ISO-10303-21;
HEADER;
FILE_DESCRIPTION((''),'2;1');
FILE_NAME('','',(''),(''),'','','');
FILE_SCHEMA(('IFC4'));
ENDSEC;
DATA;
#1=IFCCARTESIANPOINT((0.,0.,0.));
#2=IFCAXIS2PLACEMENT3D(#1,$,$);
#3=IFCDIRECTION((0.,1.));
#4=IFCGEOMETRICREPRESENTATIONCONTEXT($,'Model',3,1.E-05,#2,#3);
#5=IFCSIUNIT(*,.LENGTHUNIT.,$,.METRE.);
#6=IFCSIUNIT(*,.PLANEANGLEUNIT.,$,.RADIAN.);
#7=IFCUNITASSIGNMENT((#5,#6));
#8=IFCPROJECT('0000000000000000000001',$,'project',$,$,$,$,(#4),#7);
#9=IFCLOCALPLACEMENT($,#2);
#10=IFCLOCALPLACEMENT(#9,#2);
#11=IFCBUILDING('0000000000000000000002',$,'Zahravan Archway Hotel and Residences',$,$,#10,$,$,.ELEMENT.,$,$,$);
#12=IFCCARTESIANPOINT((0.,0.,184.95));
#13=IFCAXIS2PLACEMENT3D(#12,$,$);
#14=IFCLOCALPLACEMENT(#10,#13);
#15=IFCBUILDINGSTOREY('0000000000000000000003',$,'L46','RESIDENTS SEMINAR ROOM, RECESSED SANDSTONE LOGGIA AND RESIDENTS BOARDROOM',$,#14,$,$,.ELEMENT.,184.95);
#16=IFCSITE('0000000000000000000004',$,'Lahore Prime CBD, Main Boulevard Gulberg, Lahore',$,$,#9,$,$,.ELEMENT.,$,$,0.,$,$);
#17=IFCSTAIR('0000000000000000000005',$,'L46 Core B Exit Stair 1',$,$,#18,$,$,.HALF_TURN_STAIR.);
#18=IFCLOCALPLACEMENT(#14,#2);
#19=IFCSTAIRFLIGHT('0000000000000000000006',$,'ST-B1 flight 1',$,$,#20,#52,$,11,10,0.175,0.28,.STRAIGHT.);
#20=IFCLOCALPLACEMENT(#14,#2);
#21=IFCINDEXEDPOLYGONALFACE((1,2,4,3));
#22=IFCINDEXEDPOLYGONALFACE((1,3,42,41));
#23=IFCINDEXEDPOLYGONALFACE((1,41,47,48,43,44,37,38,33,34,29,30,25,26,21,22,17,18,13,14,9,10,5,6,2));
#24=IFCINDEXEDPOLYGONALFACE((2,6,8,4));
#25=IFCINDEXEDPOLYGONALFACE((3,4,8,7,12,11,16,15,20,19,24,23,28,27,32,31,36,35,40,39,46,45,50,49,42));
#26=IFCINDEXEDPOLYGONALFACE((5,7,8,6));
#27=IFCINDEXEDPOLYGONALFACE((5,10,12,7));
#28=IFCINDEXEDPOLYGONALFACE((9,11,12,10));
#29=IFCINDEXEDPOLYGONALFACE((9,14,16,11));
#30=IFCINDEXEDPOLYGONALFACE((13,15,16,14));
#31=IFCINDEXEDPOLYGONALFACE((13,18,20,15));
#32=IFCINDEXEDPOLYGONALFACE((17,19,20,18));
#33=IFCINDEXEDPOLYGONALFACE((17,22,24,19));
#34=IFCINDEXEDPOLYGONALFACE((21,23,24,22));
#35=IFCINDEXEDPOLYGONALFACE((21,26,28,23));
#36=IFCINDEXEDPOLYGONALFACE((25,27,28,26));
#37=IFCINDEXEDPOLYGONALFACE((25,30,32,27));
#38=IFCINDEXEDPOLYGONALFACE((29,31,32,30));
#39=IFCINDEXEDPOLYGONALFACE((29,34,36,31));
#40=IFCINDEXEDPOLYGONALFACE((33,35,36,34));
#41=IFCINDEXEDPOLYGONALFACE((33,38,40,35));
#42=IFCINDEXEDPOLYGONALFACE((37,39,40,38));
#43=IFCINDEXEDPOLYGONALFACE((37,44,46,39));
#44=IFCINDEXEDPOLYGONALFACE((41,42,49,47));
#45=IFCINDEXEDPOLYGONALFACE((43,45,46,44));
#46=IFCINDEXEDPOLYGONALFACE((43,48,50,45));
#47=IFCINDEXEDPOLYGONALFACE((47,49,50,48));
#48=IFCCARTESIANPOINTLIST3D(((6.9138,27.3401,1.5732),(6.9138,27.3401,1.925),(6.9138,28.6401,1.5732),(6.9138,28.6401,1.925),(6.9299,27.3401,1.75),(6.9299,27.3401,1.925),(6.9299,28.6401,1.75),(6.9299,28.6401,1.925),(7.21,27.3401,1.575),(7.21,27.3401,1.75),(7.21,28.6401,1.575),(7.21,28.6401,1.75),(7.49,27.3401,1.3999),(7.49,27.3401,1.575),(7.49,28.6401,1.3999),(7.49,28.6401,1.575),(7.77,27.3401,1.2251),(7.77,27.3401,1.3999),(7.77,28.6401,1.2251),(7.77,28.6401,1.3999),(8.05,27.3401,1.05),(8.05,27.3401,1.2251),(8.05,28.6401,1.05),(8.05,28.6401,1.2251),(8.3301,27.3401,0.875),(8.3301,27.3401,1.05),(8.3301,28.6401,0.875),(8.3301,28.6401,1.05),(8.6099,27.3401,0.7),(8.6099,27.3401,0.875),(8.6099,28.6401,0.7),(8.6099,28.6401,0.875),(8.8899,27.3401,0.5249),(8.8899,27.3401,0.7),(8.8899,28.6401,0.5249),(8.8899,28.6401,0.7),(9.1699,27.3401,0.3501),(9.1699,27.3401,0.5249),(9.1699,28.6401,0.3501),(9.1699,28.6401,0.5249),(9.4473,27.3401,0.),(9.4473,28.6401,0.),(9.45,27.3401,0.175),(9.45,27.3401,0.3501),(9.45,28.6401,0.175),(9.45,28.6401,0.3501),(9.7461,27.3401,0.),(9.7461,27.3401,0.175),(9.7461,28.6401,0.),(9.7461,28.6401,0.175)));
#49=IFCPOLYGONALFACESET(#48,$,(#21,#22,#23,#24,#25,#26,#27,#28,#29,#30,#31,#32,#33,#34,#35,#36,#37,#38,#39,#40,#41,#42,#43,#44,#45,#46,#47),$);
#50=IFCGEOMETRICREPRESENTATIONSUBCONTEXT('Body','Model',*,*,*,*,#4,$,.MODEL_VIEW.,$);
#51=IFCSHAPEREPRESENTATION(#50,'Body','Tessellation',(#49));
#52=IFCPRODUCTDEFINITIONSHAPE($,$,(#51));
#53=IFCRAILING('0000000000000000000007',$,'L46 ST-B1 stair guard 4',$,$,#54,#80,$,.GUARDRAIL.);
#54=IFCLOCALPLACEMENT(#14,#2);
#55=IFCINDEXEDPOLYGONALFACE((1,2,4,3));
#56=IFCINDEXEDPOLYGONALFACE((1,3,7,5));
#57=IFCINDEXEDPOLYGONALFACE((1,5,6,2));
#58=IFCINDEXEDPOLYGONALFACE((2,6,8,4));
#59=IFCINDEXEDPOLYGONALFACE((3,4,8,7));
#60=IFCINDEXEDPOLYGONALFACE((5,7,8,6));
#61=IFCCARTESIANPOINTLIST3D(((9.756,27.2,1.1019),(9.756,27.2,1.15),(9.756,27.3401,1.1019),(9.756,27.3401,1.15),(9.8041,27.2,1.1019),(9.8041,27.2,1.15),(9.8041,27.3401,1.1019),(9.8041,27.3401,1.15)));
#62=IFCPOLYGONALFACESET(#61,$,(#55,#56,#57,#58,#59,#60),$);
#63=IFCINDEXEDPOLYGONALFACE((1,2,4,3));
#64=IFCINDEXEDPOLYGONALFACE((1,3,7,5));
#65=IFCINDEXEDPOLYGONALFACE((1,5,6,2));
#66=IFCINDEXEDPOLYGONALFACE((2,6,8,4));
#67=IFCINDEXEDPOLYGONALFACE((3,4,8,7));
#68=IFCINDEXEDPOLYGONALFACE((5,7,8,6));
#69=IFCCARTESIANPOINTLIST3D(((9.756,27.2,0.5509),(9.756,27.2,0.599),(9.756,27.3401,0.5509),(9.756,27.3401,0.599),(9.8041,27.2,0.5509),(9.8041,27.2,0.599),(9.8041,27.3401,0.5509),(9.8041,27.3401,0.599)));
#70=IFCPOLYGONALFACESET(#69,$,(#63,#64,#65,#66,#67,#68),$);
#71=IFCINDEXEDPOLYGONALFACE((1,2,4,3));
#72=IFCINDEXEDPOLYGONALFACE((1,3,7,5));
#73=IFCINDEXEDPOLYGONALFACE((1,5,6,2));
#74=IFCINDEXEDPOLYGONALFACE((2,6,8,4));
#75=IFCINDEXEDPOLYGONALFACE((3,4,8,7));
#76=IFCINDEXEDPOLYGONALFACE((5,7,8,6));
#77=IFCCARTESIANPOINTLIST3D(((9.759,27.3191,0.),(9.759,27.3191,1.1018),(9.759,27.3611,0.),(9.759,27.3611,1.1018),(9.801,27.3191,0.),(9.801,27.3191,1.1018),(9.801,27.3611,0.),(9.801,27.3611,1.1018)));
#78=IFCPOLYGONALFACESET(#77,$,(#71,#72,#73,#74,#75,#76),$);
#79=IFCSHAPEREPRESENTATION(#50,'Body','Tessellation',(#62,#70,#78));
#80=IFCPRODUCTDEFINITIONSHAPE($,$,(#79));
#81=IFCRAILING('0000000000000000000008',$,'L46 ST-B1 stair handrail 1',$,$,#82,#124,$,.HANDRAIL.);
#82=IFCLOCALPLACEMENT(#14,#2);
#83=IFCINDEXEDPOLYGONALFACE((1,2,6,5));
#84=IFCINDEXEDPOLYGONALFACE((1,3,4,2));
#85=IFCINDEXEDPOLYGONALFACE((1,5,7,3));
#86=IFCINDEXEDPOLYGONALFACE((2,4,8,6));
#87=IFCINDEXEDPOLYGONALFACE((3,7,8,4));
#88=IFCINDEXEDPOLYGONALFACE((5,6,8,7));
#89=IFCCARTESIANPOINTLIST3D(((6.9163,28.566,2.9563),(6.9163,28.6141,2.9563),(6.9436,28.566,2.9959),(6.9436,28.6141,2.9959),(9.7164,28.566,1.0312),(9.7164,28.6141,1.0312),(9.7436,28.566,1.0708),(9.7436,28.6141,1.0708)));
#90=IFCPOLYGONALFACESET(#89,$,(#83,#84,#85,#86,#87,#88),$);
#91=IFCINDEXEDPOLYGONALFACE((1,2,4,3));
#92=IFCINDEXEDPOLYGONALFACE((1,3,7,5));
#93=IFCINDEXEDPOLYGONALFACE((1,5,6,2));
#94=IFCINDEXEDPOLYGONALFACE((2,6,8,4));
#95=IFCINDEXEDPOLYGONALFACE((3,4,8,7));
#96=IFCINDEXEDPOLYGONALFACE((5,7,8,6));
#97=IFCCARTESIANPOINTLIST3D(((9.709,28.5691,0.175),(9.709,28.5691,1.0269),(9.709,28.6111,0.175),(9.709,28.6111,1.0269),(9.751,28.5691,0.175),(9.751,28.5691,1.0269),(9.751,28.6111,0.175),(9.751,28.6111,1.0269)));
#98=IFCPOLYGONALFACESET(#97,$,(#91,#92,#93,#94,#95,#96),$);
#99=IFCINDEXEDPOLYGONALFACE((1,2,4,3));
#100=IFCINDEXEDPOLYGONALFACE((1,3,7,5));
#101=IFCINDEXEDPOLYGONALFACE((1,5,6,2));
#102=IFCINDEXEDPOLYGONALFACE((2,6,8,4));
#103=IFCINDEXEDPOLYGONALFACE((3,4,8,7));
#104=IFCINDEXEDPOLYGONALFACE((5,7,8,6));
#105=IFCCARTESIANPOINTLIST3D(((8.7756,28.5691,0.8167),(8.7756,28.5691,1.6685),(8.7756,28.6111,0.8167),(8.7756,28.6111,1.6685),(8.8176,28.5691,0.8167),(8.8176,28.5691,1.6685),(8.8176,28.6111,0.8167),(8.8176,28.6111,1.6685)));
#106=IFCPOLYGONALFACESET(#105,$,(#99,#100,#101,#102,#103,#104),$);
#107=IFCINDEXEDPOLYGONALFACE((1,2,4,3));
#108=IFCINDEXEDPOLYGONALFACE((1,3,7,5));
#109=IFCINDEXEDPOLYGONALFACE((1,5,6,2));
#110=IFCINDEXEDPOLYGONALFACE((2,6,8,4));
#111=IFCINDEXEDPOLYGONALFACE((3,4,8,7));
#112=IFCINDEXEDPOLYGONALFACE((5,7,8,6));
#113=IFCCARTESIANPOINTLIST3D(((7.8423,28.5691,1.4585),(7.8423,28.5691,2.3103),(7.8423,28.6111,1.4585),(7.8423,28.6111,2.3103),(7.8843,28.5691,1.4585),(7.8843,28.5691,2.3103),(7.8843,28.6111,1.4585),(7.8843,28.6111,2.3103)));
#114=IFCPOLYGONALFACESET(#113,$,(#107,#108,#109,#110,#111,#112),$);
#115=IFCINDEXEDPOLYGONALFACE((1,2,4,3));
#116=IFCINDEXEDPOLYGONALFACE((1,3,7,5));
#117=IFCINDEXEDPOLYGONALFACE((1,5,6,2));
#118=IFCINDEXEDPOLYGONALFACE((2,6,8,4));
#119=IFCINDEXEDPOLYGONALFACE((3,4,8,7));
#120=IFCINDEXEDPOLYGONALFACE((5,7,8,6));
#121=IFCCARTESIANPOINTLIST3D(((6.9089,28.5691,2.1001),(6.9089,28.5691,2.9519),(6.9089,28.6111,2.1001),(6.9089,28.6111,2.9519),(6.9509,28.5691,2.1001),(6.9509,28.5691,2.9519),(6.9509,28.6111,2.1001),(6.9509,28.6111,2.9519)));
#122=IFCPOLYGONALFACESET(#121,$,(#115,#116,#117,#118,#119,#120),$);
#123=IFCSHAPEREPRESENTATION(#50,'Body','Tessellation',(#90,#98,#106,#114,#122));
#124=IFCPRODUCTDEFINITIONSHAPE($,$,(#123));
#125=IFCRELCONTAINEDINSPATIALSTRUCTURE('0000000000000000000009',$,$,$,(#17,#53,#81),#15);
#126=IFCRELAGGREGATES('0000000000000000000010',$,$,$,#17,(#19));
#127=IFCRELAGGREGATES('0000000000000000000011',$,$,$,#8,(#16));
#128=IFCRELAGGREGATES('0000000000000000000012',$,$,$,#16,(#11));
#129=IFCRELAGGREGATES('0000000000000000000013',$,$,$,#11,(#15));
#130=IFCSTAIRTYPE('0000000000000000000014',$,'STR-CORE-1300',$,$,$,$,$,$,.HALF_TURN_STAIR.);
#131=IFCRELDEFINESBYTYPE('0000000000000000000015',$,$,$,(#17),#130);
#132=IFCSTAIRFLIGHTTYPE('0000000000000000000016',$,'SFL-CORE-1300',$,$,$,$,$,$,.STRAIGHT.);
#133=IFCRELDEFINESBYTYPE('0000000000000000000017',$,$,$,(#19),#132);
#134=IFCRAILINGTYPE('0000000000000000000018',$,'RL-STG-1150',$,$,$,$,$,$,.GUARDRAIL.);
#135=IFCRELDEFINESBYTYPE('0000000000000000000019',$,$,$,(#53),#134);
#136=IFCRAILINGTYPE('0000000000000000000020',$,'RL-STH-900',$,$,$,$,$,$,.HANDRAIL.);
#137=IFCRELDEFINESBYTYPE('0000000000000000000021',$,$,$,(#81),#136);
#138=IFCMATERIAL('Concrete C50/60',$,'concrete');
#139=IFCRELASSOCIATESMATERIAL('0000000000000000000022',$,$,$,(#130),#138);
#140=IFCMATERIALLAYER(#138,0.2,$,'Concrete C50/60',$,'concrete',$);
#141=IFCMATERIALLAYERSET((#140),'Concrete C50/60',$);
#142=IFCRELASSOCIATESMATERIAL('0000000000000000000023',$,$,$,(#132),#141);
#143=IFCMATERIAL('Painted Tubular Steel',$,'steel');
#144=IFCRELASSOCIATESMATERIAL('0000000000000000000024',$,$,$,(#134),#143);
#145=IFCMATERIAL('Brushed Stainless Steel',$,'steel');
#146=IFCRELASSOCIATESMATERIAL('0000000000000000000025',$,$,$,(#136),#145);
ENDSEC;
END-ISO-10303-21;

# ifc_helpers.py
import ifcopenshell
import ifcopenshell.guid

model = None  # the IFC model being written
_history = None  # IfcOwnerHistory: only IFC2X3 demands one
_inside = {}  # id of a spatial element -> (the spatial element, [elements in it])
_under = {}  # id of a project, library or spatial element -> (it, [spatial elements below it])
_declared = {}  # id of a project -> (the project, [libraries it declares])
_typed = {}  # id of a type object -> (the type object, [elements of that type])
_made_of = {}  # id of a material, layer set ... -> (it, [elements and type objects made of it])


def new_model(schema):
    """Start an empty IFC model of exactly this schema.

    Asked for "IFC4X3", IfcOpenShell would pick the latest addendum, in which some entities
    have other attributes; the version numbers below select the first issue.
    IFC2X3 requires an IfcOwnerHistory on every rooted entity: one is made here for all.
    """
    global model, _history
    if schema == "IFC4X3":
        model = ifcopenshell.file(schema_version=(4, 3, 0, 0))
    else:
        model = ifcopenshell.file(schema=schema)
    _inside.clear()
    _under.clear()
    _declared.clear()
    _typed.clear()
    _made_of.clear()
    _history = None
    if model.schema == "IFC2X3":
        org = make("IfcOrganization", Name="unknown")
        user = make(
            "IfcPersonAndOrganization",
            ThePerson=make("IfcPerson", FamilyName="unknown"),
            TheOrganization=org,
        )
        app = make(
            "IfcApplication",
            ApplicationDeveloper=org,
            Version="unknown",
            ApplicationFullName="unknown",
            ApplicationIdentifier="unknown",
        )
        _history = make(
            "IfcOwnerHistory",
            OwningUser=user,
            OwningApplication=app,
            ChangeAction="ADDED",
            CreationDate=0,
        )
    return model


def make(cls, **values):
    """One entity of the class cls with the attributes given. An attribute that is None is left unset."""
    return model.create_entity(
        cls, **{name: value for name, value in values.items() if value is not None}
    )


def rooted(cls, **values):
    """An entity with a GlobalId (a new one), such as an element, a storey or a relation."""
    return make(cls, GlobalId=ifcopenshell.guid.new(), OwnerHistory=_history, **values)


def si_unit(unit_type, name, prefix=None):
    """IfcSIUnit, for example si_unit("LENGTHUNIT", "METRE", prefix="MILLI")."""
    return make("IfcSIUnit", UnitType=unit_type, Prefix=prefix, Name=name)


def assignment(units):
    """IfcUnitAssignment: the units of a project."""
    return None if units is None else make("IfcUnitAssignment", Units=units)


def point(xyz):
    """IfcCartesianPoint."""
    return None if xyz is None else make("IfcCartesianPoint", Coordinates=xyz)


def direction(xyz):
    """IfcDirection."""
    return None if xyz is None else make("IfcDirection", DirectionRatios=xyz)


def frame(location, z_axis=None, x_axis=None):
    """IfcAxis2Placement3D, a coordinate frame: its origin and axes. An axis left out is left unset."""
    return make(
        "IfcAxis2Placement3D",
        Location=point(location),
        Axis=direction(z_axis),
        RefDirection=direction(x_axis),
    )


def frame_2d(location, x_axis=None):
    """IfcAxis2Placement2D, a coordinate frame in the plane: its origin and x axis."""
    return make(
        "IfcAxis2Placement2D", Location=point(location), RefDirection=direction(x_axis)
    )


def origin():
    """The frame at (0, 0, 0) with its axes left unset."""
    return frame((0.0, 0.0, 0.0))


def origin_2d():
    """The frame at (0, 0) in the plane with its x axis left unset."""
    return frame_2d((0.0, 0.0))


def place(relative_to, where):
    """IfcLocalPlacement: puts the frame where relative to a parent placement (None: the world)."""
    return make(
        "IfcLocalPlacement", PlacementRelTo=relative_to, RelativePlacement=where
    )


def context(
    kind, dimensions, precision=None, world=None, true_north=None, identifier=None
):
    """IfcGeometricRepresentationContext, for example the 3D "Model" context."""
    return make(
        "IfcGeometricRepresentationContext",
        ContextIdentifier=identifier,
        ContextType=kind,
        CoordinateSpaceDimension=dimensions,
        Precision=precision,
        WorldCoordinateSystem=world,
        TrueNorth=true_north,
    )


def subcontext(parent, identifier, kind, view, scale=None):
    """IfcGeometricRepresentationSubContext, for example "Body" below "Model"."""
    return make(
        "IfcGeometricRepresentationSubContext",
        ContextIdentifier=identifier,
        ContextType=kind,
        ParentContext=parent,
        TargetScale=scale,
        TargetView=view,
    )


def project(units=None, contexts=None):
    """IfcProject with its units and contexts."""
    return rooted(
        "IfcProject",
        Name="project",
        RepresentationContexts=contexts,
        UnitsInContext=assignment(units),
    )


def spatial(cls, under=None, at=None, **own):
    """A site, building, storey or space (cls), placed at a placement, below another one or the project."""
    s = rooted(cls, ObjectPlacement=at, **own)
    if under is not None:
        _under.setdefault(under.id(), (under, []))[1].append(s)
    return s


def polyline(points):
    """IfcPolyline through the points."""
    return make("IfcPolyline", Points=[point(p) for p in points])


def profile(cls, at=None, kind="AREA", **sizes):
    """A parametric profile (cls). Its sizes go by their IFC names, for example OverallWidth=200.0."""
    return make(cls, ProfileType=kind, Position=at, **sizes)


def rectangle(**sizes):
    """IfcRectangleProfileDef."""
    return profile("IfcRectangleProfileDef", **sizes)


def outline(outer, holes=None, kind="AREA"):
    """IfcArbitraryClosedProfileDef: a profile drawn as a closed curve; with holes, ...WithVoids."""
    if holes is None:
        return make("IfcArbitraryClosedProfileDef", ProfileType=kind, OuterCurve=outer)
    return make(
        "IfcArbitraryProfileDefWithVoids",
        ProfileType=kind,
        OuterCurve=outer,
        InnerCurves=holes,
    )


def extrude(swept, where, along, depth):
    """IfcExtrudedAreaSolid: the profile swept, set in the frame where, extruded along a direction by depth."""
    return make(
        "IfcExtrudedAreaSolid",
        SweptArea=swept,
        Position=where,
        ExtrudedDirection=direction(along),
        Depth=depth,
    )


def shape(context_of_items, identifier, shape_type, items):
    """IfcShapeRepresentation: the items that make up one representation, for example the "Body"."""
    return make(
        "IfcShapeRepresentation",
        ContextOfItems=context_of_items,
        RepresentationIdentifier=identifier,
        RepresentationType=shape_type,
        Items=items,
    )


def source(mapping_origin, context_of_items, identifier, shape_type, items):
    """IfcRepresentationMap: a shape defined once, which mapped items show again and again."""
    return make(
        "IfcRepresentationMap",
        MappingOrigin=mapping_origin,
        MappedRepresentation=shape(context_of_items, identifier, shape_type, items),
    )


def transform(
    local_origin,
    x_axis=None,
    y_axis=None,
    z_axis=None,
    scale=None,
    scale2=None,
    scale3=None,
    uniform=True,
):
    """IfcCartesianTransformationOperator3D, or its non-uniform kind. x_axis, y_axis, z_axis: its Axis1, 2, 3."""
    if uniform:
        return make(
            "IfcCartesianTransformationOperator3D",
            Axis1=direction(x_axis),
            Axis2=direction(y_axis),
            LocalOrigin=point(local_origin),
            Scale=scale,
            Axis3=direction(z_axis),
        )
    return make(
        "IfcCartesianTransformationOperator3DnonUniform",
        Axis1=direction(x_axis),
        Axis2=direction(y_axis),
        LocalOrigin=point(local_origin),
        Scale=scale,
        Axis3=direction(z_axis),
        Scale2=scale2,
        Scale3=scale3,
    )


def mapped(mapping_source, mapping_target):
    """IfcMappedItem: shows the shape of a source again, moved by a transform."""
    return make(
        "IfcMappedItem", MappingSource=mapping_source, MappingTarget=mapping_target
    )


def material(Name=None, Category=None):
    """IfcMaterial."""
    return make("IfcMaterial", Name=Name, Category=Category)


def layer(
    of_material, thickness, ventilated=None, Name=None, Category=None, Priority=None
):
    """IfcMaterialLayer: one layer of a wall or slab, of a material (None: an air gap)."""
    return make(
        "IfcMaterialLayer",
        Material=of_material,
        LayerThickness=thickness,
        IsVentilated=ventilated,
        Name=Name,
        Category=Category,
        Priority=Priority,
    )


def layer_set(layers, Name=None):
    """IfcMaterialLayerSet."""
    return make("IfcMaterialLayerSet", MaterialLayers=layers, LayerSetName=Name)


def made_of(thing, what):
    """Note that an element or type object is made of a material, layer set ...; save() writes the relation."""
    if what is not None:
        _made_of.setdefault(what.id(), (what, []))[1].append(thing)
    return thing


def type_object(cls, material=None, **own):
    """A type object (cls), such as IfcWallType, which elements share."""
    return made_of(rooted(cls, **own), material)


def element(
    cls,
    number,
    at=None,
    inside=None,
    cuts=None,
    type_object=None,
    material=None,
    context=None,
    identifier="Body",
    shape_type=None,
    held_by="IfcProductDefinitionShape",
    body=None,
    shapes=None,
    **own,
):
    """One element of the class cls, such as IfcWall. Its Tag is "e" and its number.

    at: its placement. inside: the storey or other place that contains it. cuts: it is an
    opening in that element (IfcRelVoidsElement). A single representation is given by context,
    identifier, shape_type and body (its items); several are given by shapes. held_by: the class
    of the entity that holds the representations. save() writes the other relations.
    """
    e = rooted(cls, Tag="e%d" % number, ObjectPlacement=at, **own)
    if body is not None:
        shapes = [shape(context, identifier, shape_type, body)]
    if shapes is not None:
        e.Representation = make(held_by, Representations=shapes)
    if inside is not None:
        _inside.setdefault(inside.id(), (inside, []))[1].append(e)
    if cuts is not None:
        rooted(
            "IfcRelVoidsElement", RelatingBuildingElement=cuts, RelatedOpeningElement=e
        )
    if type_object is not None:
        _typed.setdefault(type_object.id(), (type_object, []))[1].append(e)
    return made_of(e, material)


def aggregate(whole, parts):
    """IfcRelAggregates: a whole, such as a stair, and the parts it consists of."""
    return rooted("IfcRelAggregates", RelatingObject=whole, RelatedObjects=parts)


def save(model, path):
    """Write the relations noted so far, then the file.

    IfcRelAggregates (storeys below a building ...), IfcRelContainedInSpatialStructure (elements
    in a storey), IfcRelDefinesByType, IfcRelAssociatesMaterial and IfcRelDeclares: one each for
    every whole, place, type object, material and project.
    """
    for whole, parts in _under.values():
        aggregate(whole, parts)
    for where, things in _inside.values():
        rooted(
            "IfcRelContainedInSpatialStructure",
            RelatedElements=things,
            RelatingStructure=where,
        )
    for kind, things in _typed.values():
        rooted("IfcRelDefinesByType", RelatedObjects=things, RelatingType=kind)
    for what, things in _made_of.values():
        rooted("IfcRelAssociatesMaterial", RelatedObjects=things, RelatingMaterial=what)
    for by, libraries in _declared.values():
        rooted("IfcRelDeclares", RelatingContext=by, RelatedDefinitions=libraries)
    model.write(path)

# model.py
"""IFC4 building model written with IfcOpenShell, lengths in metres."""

from ifc_helpers import new_model, si_unit, direction, frame, origin, origin_2d, place, context, subcontext, project, spatial, polyline, rectangle, outline, extrude, source, transform, mapped, material, layer, layer_set, type_object, element, aggregate, save


model = new_model("IFC4")

# Units and contexts
model_context = context("Model", 3, precision=1e-05, world=origin(), true_north=direction((0.0, 1.0)))
body_context = subcontext(model_context, "Body", "Model", "MODEL_VIEW")
ifc_project = project(units=[si_unit("LENGTHUNIT", "METRE"), si_unit("PLANEANGLEUNIT", "RADIAN")], contexts=[model_context])

# Site, building, storey
site_placement = place(None, origin())
site = spatial("IfcSite", under=ifc_project, at=site_placement, Name="Lahore Prime CBD, Main Boulevard Gulberg, Lahore", CompositionType="ELEMENT", RefElevation=0.0)
building_placement = place(site_placement, origin())
building = spatial("IfcBuilding", under=site, at=building_placement, Name="Zahravan Archway Hotel and Residences", CompositionType="ELEMENT")
storey_placement = place(building_placement, frame((0.0, 0.0, 184.95)))
storey = spatial("IfcBuildingStorey", under=building, at=storey_placement, Name="L46", Description="RESIDENTS SEMINAR ROOM, RECESSED SANDSTONE LOGGIA AND RESIDENTS BOARDROOM", CompositionType="ELEMENT", Elevation=184.95)

# Shared definitions
ifc_material_1 = material(Name="Brushed Stainless Steel", Category="steel")

# Shared definitions
ifc_material_2 = material(Name="Concrete C50/60", Category="concrete")

# Stair, stair flight
stair_type = type_object("IfcStairType", Name="STR-CORE-1300", PredefinedType="HALF_TURN_STAIR", material=ifc_material_2)
stair_placement = place(storey_placement, origin())
stair = element("IfcStair", 1, at=stair_placement, inside=storey, type_object=stair_type, Name="L46 Core B Exit Stair 1", PredefinedType="HALF_TURN_STAIR")
ifc_layer_1 = layer(ifc_material_2, 0.2, Name="Concrete C50/60", Category="concrete")
ifc_layer_set_1 = layer_set([ifc_layer_1], Name="Concrete C50/60")
stair_flight_type = type_object("IfcStairFlightType", Name="SFL-CORE-1300", PredefinedType="STRAIGHT", material=ifc_layer_set_1)
shared_shape_1 = source(origin(), body_context, "Body", "SweptSolid", [
    extrude(outline(polyline([(-0.0161, 0.0), (-0.0161, 0.175), (0.28, 0.175), (0.28, 0.3501), (0.5601, 0.3501), (0.5601, 0.5249), (0.8401, 0.5249), (0.8401, 0.7), (1.1201, 0.7), (1.1201, 0.875), (1.3999, 0.875), (1.3999, 1.05), (1.6799, 1.05), (1.6799, 1.2251), (1.96, 1.2251), (1.96, 1.3999), (2.24, 1.3999), (2.24, 1.575), (2.52, 1.575), (2.52, 1.75), (2.8, 1.75), (2.8, 1.925), (2.8162, 1.925), (2.8162, 1.5732), (0.2827, 0.0), (-0.0161, 0.0)])), frame((0.0, 0.6499, 0.0), z_axis=(0.0, -1.0, 0.0), x_axis=(1.0, 0.0, 0.0)), (0.0, 0.0, 1.0), 1.3),
])
stair_flight_placement = place(storey_placement, frame((9.73, 27.99, 0.0), z_axis=(0.0, 0.0, 1.0), x_axis=(-1.0, 0.0, 0.0)))
stair_flight = element("IfcStairFlight", 2, at=stair_flight_placement, type_object=stair_flight_type, Name="ST-B1 flight 1", NumberOfRisers=11, NumberOfTreads=10, PredefinedType="STRAIGHT", RiserHeight=0.175, TreadLength=0.28, context=body_context, shape_type="MappedRepresentation", body=[
    mapped(shared_shape_1, transform((0.0, 0.0, 0.0), scale=1.0)),
])
aggregate(stair, [stair_flight])

# Railings
ifc_material_3 = material(Name="Painted Tubular Steel", Category="steel")
railing_type_1 = type_object("IfcRailingType", Name="RL-STG-1150", PredefinedType="GUARDRAIL", material=ifc_material_3)
railing_1_placement = place(storey_placement, frame((9.78, 27.3401, 0.0)))
element("IfcRailing", 3, at=railing_1_placement, inside=storey, type_object=railing_type_1, Name="L46 ST-B1 stair guard 4", PredefinedType="GUARDRAIL", context=body_context, shape_type="SweptSolid", body=[
    extrude(rectangle(XDim=0.0481, YDim=0.0481, at=origin_2d()), frame((0.0, 0.0, 1.126), z_axis=(0.0, -1.0, 0.0), x_axis=(1.0, 0.0, 0.0)), (0.0, 0.0, 1.0), 0.1401),
    extrude(rectangle(XDim=0.0481, YDim=0.0481, at=origin_2d()), frame((0.0, 0.0, 0.575), z_axis=(0.0, -1.0, 0.0), x_axis=(1.0, 0.0, 0.0)), (0.0, 0.0, 1.0), 0.1401),
    extrude(rectangle(XDim=0.042, YDim=0.042, at=origin_2d()), origin(), (0.0, 0.0, 1.0), 1.1018),
])
railing_type_2 = type_object("IfcRailingType", Name="RL-STH-900", PredefinedType="HANDRAIL", material=ifc_material_1)
railing_2_placement = place(storey_placement, frame((9.73, 28.5901, 0.175)))
element("IfcRailing", 4, at=railing_2_placement, inside=storey, type_object=railing_type_2, Name="L46 ST-B1 stair handrail 1", PredefinedType="HANDRAIL", context=body_context, shape_type="SweptSolid", body=[
    extrude(rectangle(XDim=0.0481, YDim=0.0481, at=origin_2d()), frame((0.0, 0.0, 0.876), z_axis=(-0.82404, 0.0, 0.566532), x_axis=(0.0, -1.0, 0.0)), (0.0, 0.0, 1.0), 3.3979),
    extrude(rectangle(XDim=0.042, YDim=0.042, at=origin_2d()), origin(), (0.0, 0.0, 1.0), 0.8518),
    extrude(rectangle(XDim=0.042, YDim=0.042, at=origin_2d()), frame((-0.9333, 0.0, 0.6416)), (0.0, 0.0, 1.0), 0.8518),
    extrude(rectangle(XDim=0.042, YDim=0.042, at=origin_2d()), frame((-1.8667, 0.0, 1.2834)), (0.0, 0.0, 1.0), 0.8518),
    extrude(rectangle(XDim=0.042, YDim=0.042, at=origin_2d()), frame((-2.8, 0.0, 1.925)), (0.0, 0.0, 1.0), 0.8518),
])

save(model, "model.ifc")
